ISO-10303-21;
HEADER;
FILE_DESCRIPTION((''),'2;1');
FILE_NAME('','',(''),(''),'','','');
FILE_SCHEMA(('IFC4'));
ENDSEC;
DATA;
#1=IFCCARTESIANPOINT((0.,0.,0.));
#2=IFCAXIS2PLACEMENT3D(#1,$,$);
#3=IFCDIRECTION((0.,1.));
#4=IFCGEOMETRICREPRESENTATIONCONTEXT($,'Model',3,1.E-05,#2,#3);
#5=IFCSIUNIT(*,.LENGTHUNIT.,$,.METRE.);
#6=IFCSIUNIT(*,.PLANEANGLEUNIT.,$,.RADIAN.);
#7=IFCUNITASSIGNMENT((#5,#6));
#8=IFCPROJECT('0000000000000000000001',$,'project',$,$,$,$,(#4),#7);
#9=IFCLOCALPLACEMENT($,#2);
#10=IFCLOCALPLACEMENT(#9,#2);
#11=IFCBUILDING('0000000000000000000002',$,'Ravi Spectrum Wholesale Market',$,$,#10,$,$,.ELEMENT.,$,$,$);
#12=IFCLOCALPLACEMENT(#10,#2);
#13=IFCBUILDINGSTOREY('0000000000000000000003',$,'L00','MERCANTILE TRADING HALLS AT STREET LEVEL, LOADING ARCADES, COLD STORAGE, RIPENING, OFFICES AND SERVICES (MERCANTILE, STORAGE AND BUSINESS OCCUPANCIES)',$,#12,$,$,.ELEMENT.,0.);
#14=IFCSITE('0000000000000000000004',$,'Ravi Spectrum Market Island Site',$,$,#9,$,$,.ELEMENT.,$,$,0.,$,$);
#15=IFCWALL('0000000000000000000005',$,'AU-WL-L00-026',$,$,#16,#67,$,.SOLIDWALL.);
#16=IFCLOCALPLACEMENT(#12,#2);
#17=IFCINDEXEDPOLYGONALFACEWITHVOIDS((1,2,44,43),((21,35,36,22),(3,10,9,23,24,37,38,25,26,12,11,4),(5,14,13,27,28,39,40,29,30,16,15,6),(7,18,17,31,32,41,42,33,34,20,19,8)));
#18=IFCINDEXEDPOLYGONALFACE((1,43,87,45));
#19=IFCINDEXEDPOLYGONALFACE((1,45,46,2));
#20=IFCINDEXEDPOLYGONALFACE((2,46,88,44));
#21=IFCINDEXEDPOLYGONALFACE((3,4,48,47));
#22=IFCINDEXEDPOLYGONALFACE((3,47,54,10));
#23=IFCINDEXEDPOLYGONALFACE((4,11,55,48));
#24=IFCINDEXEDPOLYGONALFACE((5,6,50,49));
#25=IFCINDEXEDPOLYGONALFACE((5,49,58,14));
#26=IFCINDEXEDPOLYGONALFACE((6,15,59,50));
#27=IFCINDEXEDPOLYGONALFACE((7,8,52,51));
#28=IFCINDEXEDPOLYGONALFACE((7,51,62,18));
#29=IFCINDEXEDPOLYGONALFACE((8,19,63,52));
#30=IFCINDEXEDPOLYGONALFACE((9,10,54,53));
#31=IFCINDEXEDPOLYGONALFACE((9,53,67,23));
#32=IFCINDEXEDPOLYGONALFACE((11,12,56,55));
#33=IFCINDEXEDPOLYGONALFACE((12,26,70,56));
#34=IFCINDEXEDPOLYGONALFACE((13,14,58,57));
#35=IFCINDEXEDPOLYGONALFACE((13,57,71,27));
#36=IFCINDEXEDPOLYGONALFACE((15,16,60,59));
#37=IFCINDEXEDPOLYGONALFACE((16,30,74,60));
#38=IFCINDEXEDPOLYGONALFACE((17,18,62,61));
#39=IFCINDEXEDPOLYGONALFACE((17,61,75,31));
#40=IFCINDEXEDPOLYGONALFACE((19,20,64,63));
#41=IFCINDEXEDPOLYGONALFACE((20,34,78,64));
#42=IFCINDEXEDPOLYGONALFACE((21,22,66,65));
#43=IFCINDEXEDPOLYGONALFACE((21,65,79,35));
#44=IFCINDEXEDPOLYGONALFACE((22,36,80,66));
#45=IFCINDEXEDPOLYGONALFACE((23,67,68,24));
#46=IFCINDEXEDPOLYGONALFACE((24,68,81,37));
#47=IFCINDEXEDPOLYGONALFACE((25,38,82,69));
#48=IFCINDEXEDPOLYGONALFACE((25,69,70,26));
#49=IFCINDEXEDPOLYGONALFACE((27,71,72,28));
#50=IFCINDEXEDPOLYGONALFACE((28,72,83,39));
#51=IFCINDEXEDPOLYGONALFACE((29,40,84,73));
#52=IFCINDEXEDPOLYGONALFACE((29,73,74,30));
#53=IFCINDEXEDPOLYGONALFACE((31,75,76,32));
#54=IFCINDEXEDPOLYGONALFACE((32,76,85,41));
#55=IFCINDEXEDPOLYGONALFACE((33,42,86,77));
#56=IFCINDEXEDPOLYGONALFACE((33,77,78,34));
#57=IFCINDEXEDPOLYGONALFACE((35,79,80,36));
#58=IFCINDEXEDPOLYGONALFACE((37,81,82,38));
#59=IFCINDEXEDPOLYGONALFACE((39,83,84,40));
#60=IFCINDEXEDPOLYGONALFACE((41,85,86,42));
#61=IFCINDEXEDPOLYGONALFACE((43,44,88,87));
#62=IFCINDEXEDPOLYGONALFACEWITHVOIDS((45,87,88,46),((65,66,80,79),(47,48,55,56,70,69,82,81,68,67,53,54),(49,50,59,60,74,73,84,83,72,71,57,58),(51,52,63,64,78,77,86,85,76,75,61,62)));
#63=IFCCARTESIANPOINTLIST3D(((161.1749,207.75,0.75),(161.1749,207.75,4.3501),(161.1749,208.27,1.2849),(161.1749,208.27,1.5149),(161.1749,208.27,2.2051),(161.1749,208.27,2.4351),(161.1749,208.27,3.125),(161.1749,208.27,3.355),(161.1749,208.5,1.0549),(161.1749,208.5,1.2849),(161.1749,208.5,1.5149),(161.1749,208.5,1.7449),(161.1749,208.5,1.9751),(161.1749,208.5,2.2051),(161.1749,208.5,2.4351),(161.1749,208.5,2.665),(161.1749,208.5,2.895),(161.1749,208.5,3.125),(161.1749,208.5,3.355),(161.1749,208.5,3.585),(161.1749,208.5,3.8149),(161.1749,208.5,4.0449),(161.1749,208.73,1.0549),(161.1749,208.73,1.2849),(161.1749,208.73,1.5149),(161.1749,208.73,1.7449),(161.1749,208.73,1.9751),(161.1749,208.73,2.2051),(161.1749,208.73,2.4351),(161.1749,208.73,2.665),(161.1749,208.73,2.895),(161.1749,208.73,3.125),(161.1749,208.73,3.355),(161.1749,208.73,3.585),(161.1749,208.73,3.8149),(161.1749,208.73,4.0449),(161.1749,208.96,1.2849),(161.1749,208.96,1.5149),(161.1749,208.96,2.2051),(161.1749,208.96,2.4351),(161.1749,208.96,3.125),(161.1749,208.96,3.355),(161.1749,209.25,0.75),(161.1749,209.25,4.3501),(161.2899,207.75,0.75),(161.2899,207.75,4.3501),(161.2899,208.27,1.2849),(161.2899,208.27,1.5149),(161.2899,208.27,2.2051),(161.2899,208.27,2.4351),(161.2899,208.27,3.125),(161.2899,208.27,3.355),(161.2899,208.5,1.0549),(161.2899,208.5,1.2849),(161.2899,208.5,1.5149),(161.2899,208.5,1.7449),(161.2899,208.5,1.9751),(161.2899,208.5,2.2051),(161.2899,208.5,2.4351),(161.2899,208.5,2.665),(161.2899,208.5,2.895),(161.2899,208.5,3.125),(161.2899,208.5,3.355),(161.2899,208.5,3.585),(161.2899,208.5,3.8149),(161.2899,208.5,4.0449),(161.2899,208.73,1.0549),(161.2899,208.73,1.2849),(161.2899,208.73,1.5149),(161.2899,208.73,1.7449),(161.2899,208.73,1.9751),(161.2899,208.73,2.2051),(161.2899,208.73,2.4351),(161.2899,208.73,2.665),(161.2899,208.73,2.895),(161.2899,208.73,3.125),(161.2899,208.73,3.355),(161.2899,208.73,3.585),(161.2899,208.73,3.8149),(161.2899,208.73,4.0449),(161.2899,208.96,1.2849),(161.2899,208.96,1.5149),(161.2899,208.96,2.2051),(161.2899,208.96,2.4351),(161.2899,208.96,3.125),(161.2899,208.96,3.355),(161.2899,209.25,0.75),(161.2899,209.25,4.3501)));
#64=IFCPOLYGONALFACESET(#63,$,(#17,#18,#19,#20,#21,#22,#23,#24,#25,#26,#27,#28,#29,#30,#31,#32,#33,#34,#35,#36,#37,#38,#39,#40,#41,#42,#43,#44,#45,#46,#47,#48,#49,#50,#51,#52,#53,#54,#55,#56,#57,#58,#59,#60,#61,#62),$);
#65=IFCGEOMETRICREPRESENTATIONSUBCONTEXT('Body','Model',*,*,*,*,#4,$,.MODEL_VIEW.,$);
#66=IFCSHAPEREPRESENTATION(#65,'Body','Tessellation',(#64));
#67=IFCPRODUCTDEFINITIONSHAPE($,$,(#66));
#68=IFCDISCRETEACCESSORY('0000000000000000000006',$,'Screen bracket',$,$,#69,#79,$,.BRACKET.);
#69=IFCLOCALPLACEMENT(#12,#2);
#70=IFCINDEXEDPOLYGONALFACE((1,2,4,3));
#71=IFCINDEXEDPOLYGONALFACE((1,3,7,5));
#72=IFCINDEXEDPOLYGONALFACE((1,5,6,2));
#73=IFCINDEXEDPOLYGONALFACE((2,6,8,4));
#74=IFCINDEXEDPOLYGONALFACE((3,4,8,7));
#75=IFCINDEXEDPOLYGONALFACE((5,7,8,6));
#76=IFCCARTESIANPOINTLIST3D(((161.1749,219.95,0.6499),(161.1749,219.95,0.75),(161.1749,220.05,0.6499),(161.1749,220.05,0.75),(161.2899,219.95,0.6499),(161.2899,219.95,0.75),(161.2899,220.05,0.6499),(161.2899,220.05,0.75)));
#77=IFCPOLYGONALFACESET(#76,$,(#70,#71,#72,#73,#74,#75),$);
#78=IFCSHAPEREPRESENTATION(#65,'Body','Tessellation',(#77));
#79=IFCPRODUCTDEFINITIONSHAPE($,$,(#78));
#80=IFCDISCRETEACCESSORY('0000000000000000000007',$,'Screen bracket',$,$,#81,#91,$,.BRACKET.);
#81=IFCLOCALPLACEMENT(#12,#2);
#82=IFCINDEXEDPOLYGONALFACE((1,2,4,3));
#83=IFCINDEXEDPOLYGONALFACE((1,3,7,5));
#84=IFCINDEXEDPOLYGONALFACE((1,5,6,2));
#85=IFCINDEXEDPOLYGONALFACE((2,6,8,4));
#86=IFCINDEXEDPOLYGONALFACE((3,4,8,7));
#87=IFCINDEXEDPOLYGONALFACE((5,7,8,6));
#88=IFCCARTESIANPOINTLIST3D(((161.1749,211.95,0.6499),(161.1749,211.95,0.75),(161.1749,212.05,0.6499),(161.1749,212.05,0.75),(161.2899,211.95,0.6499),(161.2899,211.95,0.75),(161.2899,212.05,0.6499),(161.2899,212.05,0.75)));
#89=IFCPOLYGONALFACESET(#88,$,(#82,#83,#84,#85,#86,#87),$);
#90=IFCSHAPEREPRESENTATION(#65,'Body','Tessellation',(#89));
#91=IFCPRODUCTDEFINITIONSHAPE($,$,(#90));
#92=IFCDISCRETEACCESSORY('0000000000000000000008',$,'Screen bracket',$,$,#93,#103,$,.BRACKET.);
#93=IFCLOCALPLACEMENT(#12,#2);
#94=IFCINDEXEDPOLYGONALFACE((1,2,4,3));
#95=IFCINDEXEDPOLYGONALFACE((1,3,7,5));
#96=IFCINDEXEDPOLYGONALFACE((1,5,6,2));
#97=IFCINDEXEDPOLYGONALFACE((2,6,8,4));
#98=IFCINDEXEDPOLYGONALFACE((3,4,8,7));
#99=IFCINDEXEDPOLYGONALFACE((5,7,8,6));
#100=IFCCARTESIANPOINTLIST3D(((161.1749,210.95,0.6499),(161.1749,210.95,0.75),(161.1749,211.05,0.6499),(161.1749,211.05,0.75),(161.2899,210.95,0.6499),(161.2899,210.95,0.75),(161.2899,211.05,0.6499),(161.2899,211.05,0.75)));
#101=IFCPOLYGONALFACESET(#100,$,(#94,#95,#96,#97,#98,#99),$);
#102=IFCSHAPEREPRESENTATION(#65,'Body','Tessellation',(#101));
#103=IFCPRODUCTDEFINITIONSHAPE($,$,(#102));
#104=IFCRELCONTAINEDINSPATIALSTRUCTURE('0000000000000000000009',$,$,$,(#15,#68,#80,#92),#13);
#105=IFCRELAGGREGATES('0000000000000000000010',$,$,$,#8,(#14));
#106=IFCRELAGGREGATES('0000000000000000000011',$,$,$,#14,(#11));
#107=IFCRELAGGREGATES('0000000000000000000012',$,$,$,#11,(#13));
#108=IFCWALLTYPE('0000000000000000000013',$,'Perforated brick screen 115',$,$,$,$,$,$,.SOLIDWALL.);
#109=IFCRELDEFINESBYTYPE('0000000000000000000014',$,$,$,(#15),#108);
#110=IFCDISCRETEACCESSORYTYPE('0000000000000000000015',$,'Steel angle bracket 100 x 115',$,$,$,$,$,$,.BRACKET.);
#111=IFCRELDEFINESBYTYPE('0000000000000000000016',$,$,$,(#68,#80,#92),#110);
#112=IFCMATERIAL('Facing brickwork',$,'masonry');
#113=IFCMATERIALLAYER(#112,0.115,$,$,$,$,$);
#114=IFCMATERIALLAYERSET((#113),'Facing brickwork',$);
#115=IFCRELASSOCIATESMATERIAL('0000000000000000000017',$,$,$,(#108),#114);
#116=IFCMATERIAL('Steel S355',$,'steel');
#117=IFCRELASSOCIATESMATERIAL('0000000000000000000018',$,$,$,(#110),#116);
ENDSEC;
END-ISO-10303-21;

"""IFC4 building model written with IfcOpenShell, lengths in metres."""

from ifc_helpers import new_model, si_unit, direction, frame, frame_2d, origin, origin_2d, place, context, subcontext, project, spatial, rectangle, extrude, material, layer, layer_set, type_object, element, save


model = new_model("IFC4")

# Units and contexts
model_context = context("Model", 3, precision=1e-05, world=origin(), true_north=direction((0.0, 1.0)))
body_context = subcontext(model_context, "Body", "Model", "MODEL_VIEW")
ifc_project = project(units=[si_unit("LENGTHUNIT", "METRE"), si_unit("PLANEANGLEUNIT", "RADIAN")], contexts=[model_context])

# Site, building, storey
site_placement = place(None, origin())
site = spatial("IfcSite", under=ifc_project, at=site_placement, Name="Ravi Spectrum Market Island Site", CompositionType="ELEMENT", RefElevation=0.0)
building_placement = place(site_placement, origin())
building = spatial("IfcBuilding", under=site, at=building_placement, Name="Ravi Spectrum Wholesale Market", CompositionType="ELEMENT")
storey_placement = place(building_placement, origin())
storey = spatial("IfcBuildingStorey", under=building, at=storey_placement, Name="L00", Description="MERCANTILE TRADING HALLS AT STREET LEVEL, LOADING ARCADES, COLD STORAGE, RIPENING, OFFICES AND SERVICES (MERCANTILE, STORAGE AND BUSINESS OCCUPANCIES)", CompositionType="ELEMENT", Elevation=0.0)

# Wall, openings
ifc_material_1 = material(Name="Facing brickwork", Category="masonry")
ifc_layer = layer(ifc_material_1, 0.115)
ifc_layer_set = layer_set([ifc_layer], Name="Facing brickwork")
wall_type = type_object("IfcWallType", Name="Perforated brick screen 115", PredefinedType="SOLIDWALL", material=ifc_layer_set)
wall_1_placement = place(storey_placement, frame((161.2324, 209.25, 0.75), z_axis=(0.0, 0.0, 1.0), x_axis=(0.0, -1.0, 0.0)))
wall_1 = element("IfcWall", 1, at=wall_1_placement, inside=storey, type_object=wall_type, Name="AU-WL-L00-026", PredefinedType="SOLIDWALL", context=body_context, shape_type="SweptSolid", body=[
    extrude(rectangle(XDim=1.5, YDim=0.115, at=frame_2d((0.75, 0.0))), origin(), (0.0, 0.0, 1.0), 3.6001),
])
opening_1_placement = place(wall_1_placement, frame((0.52, 0.0, 0.3049)))
element("IfcOpeningElement", 2, at=opening_1_placement, cuts=wall_1, PredefinedType="OPENING", context=body_context, shape_type="SweptSolid", body=[
    extrude(rectangle(XDim=0.23, YDim=0.23, at=frame_2d((0.115, 0.115))), frame((0.0, 0.0674, 0.0), z_axis=(0.0, -1.0, 0.0), x_axis=(1.0, 0.0, 0.0)), (0.0, 0.0, 1.0), 0.135),
])
opening_2_placement = place(wall_1_placement, frame((0.29, 0.0, 0.5349)))
element("IfcOpeningElement", 3, at=opening_2_placement, cuts=wall_1, PredefinedType="OPENING", context=body_context, shape_type="SweptSolid", body=[
    extrude(rectangle(XDim=0.23, YDim=0.23, at=frame_2d((0.115, 0.115))), frame((0.0, 0.0674, 0.0), z_axis=(0.0, -1.0, 0.0), x_axis=(1.0, 0.0, 0.0)), (0.0, 0.0, 1.0), 0.135),
])
opening_3_placement = place(wall_1_placement, frame((0.52, 0.0, 0.5349)))
element("IfcOpeningElement", 4, at=opening_3_placement, cuts=wall_1, PredefinedType="OPENING", context=body_context, shape_type="SweptSolid", body=[
    extrude(rectangle(XDim=0.23, YDim=0.23, at=frame_2d((0.115, 0.115))), frame((0.0, 0.0674, 0.0), z_axis=(0.0, -1.0, 0.0), x_axis=(1.0, 0.0, 0.0)), (0.0, 0.0, 1.0), 0.135),
])
opening_4_placement = place(wall_1_placement, frame((0.75, 0.0, 0.5349)))
element("IfcOpeningElement", 5, at=opening_4_placement, cuts=wall_1, PredefinedType="OPENING", context=body_context, shape_type="SweptSolid", body=[
    extrude(rectangle(XDim=0.23, YDim=0.23, at=frame_2d((0.115, 0.115))), frame((0.0, 0.0674, 0.0), z_axis=(0.0, -1.0, 0.0), x_axis=(1.0, 0.0, 0.0)), (0.0, 0.0, 1.0), 0.135),
])
opening_5_placement = place(wall_1_placement, frame((0.52, 0.0, 0.7649)))
element("IfcOpeningElement", 6, at=opening_5_placement, cuts=wall_1, PredefinedType="OPENING", context=body_context, shape_type="SweptSolid", body=[
    extrude(rectangle(XDim=0.23, YDim=0.23, at=frame_2d((0.115, 0.115))), frame((0.0, 0.0674, 0.0), z_axis=(0.0, -1.0, 0.0), x_axis=(1.0, 0.0, 0.0)), (0.0, 0.0, 1.0), 0.135),
])
opening_6_placement = place(wall_1_placement, frame((0.52, 0.0, 1.2251)))
element("IfcOpeningElement", 7, at=opening_6_placement, cuts=wall_1, PredefinedType="OPENING", context=body_context, shape_type="SweptSolid", body=[
    extrude(rectangle(XDim=0.23, YDim=0.23, at=frame_2d((0.115, 0.115))), frame((0.0, 0.0674, 0.0), z_axis=(0.0, -1.0, 0.0), x_axis=(1.0, 0.0, 0.0)), (0.0, 0.0, 1.0), 0.135),
])
opening_7_placement = place(wall_1_placement, frame((0.29, 0.0, 1.4551)))
element("IfcOpeningElement", 8, at=opening_7_placement, cuts=wall_1, PredefinedType="OPENING", context=body_context, shape_type="SweptSolid", body=[
    extrude(rectangle(XDim=0.23, YDim=0.23, at=frame_2d((0.115, 0.115))), frame((0.0, 0.0674, 0.0), z_axis=(0.0, -1.0, 0.0), x_axis=(1.0, 0.0, 0.0)), (0.0, 0.0, 1.0), 0.135),
])
opening_8_placement = place(wall_1_placement, frame((0.52, 0.0, 1.4551)))
element("IfcOpeningElement", 9, at=opening_8_placement, cuts=wall_1, PredefinedType="OPENING", context=body_context, shape_type="SweptSolid", body=[
    extrude(rectangle(XDim=0.23, YDim=0.23, at=frame_2d((0.115, 0.115))), frame((0.0, 0.0674, 0.0), z_axis=(0.0, -1.0, 0.0), x_axis=(1.0, 0.0, 0.0)), (0.0, 0.0, 1.0), 0.135),
])
opening_9_placement = place(wall_1_placement, frame((0.75, 0.0, 1.4551)))
element("IfcOpeningElement", 10, at=opening_9_placement, cuts=wall_1, PredefinedType="OPENING", context=body_context, shape_type="SweptSolid", body=[
    extrude(rectangle(XDim=0.23, YDim=0.23, at=frame_2d((0.115, 0.115))), frame((0.0, 0.0674, 0.0), z_axis=(0.0, -1.0, 0.0), x_axis=(1.0, 0.0, 0.0)), (0.0, 0.0, 1.0), 0.135),
])
opening_10_placement = place(wall_1_placement, frame((0.52, 0.0, 1.6851)))
element("IfcOpeningElement", 11, at=opening_10_placement, cuts=wall_1, PredefinedType="OPENING", context=body_context, shape_type="SweptSolid", body=[
    extrude(rectangle(XDim=0.23, YDim=0.23, at=frame_2d((0.115, 0.115))), frame((0.0, 0.0674, 0.0), z_axis=(0.0, -1.0, 0.0), x_axis=(1.0, 0.0, 0.0)), (0.0, 0.0, 1.0), 0.135),
])
opening_11_placement = place(wall_1_placement, frame((0.52, 0.0, 2.145)))
element("IfcOpeningElement", 12, at=opening_11_placement, cuts=wall_1, PredefinedType="OPENING", context=body_context, shape_type="SweptSolid", body=[
    extrude(rectangle(XDim=0.23, YDim=0.23, at=frame_2d((0.115, 0.115))), frame((0.0, 0.0674, 0.0), z_axis=(0.0, -1.0, 0.0), x_axis=(1.0, 0.0, 0.0)), (0.0, 0.0, 1.0), 0.135),
])
opening_12_placement = place(wall_1_placement, frame((0.29, 0.0, 2.375)))
element("IfcOpeningElement", 13, at=opening_12_placement, cuts=wall_1, PredefinedType="OPENING", context=body_context, shape_type="SweptSolid", body=[
    extrude(rectangle(XDim=0.23, YDim=0.23, at=frame_2d((0.115, 0.115))), frame((0.0, 0.0674, 0.0), z_axis=(0.0, -1.0, 0.0), x_axis=(1.0, 0.0, 0.0)), (0.0, 0.0, 1.0), 0.135),
])
opening_13_placement = place(wall_1_placement, frame((0.52, 0.0, 2.375)))
element("IfcOpeningElement", 14, at=opening_13_placement, cuts=wall_1, PredefinedType="OPENING", context=body_context, shape_type="SweptSolid", body=[
    extrude(rectangle(XDim=0.23, YDim=0.23, at=frame_2d((0.115, 0.115))), frame((0.0, 0.0674, 0.0), z_axis=(0.0, -1.0, 0.0), x_axis=(1.0, 0.0, 0.0)), (0.0, 0.0, 1.0), 0.135),
])
opening_14_placement = place(wall_1_placement, frame((0.75, 0.0, 2.375)))
element("IfcOpeningElement", 15, at=opening_14_placement, cuts=wall_1, PredefinedType="OPENING", context=body_context, shape_type="SweptSolid", body=[
    extrude(rectangle(XDim=0.23, YDim=0.23, at=frame_2d((0.115, 0.115))), frame((0.0, 0.0674, 0.0), z_axis=(0.0, -1.0, 0.0), x_axis=(1.0, 0.0, 0.0)), (0.0, 0.0, 1.0), 0.135),
])
opening_15_placement = place(wall_1_placement, frame((0.52, 0.0, 2.605)))
element("IfcOpeningElement", 16, at=opening_15_placement, cuts=wall_1, PredefinedType="OPENING", context=body_context, shape_type="SweptSolid", body=[
    extrude(rectangle(XDim=0.23, YDim=0.23, at=frame_2d((0.115, 0.115))), frame((0.0, 0.0674, 0.0), z_axis=(0.0, -1.0, 0.0), x_axis=(1.0, 0.0, 0.0)), (0.0, 0.0, 1.0), 0.135),
])
opening_16_placement = place(wall_1_placement, frame((0.52, 0.0, 3.0649)))
element("IfcOpeningElement", 17, at=opening_16_placement, cuts=wall_1, PredefinedType="OPENING", context=body_context, shape_type="SweptSolid", body=[
    extrude(rectangle(XDim=0.23, YDim=0.23, at=frame_2d((0.115, 0.115))), frame((0.0, 0.0674, 0.0), z_axis=(0.0, -1.0, 0.0), x_axis=(1.0, 0.0, 0.0)), (0.0, 0.0, 1.0), 0.135),
])

# Discrete accessories
ifc_material_2 = material(Name="Steel S355", Category="steel")
discrete_accessory_type = type_object("IfcDiscreteAccessoryType", Name="Steel angle bracket 100 x 115", PredefinedType="BRACKET", material=ifc_material_2)
for number, where, z_axis, x_axis, name in (
    (18, (161.2324, 220.0, 0.6499), (0.0, 0.0, 1.0), (1.0, 0.0, 0.0), "Screen bracket"),
    (19, (161.2324, 212.0, 0.6499), (0.0, 0.0, 1.0), (1.0, 0.0, 0.0), "Screen bracket"),
    (20, (161.2324, 211.0, 0.6499), (0.0, 0.0, 1.0), (1.0, 0.0, 0.0), "Screen bracket"),
):
    element("IfcDiscreteAccessory", number, at=place(storey_placement, frame(where, z_axis=z_axis, x_axis=x_axis)), inside=storey, type_object=discrete_accessory_type, Name=name, PredefinedType="BRACKET", context=body_context, shape_type="SweptSolid", body=[
        extrude(rectangle(XDim=0.115, YDim=0.1001, at=origin_2d()), origin(), (0.0, 0.0, 1.0), 0.1001),
    ])

save(model, "model.ifc")
